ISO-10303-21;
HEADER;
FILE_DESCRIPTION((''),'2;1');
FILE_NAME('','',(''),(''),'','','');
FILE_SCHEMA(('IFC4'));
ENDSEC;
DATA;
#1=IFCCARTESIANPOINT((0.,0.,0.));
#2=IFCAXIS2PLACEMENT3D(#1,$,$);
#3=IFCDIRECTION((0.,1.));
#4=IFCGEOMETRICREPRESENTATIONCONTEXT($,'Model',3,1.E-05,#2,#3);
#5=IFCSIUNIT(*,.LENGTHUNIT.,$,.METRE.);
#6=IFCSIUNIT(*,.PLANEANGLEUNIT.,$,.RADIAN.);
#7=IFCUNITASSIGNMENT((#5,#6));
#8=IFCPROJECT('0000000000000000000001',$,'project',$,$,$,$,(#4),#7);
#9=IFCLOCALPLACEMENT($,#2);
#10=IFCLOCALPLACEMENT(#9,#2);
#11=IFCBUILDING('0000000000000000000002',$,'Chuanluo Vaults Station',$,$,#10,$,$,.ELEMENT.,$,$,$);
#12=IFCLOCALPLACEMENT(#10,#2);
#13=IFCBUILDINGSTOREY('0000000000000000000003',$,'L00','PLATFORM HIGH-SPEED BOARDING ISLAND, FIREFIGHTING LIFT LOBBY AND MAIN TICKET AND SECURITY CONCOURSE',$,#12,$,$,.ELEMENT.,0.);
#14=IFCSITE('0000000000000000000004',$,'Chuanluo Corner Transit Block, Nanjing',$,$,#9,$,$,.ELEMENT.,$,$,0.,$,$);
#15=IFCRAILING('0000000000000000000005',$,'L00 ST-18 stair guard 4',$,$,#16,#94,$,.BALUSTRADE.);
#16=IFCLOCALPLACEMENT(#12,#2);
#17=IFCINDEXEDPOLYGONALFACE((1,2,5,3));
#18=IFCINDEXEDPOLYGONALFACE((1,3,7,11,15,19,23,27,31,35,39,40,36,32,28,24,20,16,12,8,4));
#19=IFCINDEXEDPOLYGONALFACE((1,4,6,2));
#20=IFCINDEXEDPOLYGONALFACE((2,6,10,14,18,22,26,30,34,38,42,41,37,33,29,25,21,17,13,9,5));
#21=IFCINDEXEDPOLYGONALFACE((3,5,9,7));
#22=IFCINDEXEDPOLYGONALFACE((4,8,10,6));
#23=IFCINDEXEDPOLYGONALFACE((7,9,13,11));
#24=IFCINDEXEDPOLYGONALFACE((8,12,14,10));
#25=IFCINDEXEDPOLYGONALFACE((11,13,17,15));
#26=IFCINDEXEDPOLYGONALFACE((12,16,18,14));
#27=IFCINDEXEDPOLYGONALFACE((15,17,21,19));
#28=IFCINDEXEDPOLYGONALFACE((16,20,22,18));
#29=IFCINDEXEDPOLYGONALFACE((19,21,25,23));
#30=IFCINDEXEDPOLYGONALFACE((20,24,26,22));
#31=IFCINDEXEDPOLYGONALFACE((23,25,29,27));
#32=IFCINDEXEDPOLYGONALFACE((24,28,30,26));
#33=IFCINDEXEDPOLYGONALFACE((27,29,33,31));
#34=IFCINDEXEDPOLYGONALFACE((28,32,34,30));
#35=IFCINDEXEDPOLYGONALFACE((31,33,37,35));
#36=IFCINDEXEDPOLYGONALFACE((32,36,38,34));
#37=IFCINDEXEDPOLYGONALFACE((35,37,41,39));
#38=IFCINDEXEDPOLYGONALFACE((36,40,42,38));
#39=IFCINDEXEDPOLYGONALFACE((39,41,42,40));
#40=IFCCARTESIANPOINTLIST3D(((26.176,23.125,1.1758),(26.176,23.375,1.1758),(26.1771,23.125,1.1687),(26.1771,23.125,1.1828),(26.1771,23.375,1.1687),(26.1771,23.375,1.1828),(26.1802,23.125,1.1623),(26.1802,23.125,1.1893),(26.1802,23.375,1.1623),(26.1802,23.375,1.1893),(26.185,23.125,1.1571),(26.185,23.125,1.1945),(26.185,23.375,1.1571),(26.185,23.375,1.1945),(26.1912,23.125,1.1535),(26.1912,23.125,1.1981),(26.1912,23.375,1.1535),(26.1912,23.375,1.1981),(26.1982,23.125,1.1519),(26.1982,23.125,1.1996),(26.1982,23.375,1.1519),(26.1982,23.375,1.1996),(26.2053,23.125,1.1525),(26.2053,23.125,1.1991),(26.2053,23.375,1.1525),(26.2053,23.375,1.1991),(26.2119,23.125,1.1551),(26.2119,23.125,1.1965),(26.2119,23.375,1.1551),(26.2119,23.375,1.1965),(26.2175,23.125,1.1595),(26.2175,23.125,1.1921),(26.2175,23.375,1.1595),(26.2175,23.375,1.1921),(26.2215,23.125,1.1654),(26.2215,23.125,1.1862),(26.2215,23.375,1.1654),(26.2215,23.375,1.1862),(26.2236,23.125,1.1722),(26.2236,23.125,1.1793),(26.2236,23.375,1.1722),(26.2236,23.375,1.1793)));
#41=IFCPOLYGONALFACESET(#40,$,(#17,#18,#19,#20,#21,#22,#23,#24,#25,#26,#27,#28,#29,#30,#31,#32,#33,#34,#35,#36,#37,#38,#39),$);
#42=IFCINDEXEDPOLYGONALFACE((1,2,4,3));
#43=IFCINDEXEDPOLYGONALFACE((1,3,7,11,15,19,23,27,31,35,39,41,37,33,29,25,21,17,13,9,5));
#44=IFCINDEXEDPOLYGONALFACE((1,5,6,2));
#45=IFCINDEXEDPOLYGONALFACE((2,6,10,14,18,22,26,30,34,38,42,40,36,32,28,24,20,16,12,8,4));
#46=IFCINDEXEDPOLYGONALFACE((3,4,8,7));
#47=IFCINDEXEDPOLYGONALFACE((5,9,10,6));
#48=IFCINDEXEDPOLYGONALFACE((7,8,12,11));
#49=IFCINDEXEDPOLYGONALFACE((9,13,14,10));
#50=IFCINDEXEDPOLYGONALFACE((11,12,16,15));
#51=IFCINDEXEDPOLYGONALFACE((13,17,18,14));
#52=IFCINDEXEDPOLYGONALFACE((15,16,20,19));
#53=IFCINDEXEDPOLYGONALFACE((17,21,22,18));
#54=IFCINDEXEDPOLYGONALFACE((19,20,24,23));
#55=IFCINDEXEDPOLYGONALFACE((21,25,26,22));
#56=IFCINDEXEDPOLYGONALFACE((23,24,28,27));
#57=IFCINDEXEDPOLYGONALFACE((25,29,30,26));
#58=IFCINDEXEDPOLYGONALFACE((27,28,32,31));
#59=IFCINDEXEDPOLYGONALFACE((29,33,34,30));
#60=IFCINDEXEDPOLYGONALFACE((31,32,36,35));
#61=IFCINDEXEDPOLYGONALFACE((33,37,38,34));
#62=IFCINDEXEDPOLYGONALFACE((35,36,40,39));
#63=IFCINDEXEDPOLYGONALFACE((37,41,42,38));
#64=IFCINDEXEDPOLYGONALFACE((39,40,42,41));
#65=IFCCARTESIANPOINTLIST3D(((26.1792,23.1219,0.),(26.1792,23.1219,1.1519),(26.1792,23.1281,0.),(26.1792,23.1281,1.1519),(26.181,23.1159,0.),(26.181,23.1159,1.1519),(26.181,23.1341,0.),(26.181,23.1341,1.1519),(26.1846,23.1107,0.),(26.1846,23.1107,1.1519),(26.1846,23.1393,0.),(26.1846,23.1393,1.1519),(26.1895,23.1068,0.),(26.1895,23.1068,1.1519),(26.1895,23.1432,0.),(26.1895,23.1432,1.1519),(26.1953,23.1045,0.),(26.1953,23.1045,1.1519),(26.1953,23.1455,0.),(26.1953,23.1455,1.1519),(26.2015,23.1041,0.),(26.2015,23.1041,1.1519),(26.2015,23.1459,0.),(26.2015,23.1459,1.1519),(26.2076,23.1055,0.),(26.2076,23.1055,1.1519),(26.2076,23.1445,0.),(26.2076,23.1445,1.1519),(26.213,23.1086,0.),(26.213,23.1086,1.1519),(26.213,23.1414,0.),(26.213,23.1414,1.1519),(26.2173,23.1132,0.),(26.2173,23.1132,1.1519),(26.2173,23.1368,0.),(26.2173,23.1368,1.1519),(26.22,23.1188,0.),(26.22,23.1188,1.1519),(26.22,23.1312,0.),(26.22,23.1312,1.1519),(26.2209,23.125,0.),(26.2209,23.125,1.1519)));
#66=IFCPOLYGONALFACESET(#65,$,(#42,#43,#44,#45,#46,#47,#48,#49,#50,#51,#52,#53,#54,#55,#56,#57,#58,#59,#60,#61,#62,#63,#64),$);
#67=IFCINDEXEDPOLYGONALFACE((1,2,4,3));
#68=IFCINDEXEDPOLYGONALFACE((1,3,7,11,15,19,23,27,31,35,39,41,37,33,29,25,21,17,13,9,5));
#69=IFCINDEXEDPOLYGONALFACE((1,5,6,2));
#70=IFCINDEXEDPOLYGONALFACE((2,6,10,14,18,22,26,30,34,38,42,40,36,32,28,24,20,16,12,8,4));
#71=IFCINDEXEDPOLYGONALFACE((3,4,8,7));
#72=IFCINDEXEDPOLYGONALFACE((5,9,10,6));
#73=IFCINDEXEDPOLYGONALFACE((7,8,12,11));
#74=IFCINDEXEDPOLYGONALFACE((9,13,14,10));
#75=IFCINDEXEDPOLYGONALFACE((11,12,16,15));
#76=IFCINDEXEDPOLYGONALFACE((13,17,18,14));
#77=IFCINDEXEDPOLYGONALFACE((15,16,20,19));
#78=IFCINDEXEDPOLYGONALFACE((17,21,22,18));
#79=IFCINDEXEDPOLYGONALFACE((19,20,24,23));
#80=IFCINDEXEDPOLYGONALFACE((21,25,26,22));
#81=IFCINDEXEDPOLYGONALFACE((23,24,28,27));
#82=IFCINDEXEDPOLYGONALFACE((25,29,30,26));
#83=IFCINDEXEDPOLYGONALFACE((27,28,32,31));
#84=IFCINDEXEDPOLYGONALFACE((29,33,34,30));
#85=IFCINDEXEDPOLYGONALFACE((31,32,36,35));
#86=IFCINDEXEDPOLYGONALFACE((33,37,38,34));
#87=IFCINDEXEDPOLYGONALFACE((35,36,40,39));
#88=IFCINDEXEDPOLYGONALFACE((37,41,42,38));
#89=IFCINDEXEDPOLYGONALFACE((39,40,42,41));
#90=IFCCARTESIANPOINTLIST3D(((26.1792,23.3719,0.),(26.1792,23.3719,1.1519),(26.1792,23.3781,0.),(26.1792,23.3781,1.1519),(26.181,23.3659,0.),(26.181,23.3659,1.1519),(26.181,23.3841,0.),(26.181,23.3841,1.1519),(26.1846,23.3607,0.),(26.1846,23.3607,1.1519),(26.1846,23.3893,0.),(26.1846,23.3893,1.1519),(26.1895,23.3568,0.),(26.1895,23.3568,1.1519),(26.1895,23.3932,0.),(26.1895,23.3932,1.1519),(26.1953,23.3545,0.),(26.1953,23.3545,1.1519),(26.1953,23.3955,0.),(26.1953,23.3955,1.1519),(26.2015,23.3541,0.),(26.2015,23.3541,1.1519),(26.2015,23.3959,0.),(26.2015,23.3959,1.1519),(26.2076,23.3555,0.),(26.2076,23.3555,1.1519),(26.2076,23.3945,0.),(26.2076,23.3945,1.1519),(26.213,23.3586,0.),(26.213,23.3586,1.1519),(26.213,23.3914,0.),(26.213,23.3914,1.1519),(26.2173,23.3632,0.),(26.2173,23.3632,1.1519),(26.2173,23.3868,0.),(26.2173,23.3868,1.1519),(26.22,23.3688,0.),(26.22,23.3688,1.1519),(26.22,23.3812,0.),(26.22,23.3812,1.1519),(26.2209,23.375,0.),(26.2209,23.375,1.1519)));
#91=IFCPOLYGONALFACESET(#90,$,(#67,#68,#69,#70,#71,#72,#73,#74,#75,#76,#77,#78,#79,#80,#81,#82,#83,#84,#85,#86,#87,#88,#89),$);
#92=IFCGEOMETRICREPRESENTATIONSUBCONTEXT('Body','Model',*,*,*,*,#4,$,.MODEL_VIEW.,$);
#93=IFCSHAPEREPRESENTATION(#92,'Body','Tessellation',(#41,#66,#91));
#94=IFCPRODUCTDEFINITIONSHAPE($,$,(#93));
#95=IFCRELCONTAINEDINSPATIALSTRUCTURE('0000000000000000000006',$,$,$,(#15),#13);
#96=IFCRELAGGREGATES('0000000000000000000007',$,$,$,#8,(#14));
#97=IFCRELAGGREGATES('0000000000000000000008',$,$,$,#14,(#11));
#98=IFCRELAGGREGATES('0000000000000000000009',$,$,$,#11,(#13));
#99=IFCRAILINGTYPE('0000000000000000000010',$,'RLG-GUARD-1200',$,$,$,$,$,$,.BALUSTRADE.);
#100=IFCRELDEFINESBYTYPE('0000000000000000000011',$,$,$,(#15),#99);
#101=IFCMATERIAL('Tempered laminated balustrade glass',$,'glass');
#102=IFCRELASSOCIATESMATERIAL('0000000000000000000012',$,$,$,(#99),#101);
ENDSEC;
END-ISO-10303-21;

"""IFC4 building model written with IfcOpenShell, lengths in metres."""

from ifc_helpers import new_model, si_unit, direction, frame, origin, origin_2d, place, context, subcontext, project, spatial, circle, extrude, material, type_object, element, save


model = new_model("IFC4")

# Units and contexts
model_context = context("Model", 3, precision=1e-05, world=origin(), true_north=direction((0.0, 1.0)))
body_context = subcontext(model_context, "Body", "Model", "MODEL_VIEW")
ifc_project = project(units=[si_unit("LENGTHUNIT", "METRE"), si_unit("PLANEANGLEUNIT", "RADIAN")], contexts=[model_context])

# Site, building, storey
site_placement = place(None, origin())
site = spatial("IfcSite", under=ifc_project, at=site_placement, Name="Chuanluo Corner Transit Block, Nanjing", CompositionType="ELEMENT", RefElevation=0.0)
building_placement = place(site_placement, origin())
building = spatial("IfcBuilding", under=site, at=building_placement, Name="Chuanluo Vaults Station", CompositionType="ELEMENT")
storey_placement = place(building_placement, origin())
storey = spatial("IfcBuildingStorey", under=building, at=storey_placement, Name="L00", Description="PLATFORM HIGH-SPEED BOARDING ISLAND, FIREFIGHTING LIFT LOBBY AND MAIN TICKET AND SECURITY CONCOURSE", CompositionType="ELEMENT", Elevation=0.0)

# Railing
ifc_material_1 = material(Name="Tempered laminated balustrade glass", Category="glass")
railing_type_1 = type_object("IfcRailingType", Name="RLG-GUARD-1200", PredefinedType="BALUSTRADE", material=ifc_material_1)
railing_1_placement = place(storey_placement, frame((26.2, 23.125, 0.0)))
element("IfcRailing", 1, at=railing_1_placement, inside=storey, type_object=railing_type_1, Name="L00 ST-18 stair guard 4", PredefinedType="BALUSTRADE", context=body_context, shape_type="SweptSolid", body=[
    extrude(circle(Radius=0.0239, at=origin_2d()), frame((0.0, 0.0, 1.1758), z_axis=(0.0, 1.0, 0.0), x_axis=(-1.0, 0.0, 0.0)), (0.0, 0.0, 1.0), 0.25),
    extrude(circle(Radius=0.021, at=origin_2d()), origin(), (0.0, 0.0, 1.0), 1.1519),
    extrude(circle(Radius=0.021, at=origin_2d()), frame((0.0, 0.25, 0.0)), (0.0, 0.0, 1.0), 1.1519),
])

save(model, "model.ifc")
